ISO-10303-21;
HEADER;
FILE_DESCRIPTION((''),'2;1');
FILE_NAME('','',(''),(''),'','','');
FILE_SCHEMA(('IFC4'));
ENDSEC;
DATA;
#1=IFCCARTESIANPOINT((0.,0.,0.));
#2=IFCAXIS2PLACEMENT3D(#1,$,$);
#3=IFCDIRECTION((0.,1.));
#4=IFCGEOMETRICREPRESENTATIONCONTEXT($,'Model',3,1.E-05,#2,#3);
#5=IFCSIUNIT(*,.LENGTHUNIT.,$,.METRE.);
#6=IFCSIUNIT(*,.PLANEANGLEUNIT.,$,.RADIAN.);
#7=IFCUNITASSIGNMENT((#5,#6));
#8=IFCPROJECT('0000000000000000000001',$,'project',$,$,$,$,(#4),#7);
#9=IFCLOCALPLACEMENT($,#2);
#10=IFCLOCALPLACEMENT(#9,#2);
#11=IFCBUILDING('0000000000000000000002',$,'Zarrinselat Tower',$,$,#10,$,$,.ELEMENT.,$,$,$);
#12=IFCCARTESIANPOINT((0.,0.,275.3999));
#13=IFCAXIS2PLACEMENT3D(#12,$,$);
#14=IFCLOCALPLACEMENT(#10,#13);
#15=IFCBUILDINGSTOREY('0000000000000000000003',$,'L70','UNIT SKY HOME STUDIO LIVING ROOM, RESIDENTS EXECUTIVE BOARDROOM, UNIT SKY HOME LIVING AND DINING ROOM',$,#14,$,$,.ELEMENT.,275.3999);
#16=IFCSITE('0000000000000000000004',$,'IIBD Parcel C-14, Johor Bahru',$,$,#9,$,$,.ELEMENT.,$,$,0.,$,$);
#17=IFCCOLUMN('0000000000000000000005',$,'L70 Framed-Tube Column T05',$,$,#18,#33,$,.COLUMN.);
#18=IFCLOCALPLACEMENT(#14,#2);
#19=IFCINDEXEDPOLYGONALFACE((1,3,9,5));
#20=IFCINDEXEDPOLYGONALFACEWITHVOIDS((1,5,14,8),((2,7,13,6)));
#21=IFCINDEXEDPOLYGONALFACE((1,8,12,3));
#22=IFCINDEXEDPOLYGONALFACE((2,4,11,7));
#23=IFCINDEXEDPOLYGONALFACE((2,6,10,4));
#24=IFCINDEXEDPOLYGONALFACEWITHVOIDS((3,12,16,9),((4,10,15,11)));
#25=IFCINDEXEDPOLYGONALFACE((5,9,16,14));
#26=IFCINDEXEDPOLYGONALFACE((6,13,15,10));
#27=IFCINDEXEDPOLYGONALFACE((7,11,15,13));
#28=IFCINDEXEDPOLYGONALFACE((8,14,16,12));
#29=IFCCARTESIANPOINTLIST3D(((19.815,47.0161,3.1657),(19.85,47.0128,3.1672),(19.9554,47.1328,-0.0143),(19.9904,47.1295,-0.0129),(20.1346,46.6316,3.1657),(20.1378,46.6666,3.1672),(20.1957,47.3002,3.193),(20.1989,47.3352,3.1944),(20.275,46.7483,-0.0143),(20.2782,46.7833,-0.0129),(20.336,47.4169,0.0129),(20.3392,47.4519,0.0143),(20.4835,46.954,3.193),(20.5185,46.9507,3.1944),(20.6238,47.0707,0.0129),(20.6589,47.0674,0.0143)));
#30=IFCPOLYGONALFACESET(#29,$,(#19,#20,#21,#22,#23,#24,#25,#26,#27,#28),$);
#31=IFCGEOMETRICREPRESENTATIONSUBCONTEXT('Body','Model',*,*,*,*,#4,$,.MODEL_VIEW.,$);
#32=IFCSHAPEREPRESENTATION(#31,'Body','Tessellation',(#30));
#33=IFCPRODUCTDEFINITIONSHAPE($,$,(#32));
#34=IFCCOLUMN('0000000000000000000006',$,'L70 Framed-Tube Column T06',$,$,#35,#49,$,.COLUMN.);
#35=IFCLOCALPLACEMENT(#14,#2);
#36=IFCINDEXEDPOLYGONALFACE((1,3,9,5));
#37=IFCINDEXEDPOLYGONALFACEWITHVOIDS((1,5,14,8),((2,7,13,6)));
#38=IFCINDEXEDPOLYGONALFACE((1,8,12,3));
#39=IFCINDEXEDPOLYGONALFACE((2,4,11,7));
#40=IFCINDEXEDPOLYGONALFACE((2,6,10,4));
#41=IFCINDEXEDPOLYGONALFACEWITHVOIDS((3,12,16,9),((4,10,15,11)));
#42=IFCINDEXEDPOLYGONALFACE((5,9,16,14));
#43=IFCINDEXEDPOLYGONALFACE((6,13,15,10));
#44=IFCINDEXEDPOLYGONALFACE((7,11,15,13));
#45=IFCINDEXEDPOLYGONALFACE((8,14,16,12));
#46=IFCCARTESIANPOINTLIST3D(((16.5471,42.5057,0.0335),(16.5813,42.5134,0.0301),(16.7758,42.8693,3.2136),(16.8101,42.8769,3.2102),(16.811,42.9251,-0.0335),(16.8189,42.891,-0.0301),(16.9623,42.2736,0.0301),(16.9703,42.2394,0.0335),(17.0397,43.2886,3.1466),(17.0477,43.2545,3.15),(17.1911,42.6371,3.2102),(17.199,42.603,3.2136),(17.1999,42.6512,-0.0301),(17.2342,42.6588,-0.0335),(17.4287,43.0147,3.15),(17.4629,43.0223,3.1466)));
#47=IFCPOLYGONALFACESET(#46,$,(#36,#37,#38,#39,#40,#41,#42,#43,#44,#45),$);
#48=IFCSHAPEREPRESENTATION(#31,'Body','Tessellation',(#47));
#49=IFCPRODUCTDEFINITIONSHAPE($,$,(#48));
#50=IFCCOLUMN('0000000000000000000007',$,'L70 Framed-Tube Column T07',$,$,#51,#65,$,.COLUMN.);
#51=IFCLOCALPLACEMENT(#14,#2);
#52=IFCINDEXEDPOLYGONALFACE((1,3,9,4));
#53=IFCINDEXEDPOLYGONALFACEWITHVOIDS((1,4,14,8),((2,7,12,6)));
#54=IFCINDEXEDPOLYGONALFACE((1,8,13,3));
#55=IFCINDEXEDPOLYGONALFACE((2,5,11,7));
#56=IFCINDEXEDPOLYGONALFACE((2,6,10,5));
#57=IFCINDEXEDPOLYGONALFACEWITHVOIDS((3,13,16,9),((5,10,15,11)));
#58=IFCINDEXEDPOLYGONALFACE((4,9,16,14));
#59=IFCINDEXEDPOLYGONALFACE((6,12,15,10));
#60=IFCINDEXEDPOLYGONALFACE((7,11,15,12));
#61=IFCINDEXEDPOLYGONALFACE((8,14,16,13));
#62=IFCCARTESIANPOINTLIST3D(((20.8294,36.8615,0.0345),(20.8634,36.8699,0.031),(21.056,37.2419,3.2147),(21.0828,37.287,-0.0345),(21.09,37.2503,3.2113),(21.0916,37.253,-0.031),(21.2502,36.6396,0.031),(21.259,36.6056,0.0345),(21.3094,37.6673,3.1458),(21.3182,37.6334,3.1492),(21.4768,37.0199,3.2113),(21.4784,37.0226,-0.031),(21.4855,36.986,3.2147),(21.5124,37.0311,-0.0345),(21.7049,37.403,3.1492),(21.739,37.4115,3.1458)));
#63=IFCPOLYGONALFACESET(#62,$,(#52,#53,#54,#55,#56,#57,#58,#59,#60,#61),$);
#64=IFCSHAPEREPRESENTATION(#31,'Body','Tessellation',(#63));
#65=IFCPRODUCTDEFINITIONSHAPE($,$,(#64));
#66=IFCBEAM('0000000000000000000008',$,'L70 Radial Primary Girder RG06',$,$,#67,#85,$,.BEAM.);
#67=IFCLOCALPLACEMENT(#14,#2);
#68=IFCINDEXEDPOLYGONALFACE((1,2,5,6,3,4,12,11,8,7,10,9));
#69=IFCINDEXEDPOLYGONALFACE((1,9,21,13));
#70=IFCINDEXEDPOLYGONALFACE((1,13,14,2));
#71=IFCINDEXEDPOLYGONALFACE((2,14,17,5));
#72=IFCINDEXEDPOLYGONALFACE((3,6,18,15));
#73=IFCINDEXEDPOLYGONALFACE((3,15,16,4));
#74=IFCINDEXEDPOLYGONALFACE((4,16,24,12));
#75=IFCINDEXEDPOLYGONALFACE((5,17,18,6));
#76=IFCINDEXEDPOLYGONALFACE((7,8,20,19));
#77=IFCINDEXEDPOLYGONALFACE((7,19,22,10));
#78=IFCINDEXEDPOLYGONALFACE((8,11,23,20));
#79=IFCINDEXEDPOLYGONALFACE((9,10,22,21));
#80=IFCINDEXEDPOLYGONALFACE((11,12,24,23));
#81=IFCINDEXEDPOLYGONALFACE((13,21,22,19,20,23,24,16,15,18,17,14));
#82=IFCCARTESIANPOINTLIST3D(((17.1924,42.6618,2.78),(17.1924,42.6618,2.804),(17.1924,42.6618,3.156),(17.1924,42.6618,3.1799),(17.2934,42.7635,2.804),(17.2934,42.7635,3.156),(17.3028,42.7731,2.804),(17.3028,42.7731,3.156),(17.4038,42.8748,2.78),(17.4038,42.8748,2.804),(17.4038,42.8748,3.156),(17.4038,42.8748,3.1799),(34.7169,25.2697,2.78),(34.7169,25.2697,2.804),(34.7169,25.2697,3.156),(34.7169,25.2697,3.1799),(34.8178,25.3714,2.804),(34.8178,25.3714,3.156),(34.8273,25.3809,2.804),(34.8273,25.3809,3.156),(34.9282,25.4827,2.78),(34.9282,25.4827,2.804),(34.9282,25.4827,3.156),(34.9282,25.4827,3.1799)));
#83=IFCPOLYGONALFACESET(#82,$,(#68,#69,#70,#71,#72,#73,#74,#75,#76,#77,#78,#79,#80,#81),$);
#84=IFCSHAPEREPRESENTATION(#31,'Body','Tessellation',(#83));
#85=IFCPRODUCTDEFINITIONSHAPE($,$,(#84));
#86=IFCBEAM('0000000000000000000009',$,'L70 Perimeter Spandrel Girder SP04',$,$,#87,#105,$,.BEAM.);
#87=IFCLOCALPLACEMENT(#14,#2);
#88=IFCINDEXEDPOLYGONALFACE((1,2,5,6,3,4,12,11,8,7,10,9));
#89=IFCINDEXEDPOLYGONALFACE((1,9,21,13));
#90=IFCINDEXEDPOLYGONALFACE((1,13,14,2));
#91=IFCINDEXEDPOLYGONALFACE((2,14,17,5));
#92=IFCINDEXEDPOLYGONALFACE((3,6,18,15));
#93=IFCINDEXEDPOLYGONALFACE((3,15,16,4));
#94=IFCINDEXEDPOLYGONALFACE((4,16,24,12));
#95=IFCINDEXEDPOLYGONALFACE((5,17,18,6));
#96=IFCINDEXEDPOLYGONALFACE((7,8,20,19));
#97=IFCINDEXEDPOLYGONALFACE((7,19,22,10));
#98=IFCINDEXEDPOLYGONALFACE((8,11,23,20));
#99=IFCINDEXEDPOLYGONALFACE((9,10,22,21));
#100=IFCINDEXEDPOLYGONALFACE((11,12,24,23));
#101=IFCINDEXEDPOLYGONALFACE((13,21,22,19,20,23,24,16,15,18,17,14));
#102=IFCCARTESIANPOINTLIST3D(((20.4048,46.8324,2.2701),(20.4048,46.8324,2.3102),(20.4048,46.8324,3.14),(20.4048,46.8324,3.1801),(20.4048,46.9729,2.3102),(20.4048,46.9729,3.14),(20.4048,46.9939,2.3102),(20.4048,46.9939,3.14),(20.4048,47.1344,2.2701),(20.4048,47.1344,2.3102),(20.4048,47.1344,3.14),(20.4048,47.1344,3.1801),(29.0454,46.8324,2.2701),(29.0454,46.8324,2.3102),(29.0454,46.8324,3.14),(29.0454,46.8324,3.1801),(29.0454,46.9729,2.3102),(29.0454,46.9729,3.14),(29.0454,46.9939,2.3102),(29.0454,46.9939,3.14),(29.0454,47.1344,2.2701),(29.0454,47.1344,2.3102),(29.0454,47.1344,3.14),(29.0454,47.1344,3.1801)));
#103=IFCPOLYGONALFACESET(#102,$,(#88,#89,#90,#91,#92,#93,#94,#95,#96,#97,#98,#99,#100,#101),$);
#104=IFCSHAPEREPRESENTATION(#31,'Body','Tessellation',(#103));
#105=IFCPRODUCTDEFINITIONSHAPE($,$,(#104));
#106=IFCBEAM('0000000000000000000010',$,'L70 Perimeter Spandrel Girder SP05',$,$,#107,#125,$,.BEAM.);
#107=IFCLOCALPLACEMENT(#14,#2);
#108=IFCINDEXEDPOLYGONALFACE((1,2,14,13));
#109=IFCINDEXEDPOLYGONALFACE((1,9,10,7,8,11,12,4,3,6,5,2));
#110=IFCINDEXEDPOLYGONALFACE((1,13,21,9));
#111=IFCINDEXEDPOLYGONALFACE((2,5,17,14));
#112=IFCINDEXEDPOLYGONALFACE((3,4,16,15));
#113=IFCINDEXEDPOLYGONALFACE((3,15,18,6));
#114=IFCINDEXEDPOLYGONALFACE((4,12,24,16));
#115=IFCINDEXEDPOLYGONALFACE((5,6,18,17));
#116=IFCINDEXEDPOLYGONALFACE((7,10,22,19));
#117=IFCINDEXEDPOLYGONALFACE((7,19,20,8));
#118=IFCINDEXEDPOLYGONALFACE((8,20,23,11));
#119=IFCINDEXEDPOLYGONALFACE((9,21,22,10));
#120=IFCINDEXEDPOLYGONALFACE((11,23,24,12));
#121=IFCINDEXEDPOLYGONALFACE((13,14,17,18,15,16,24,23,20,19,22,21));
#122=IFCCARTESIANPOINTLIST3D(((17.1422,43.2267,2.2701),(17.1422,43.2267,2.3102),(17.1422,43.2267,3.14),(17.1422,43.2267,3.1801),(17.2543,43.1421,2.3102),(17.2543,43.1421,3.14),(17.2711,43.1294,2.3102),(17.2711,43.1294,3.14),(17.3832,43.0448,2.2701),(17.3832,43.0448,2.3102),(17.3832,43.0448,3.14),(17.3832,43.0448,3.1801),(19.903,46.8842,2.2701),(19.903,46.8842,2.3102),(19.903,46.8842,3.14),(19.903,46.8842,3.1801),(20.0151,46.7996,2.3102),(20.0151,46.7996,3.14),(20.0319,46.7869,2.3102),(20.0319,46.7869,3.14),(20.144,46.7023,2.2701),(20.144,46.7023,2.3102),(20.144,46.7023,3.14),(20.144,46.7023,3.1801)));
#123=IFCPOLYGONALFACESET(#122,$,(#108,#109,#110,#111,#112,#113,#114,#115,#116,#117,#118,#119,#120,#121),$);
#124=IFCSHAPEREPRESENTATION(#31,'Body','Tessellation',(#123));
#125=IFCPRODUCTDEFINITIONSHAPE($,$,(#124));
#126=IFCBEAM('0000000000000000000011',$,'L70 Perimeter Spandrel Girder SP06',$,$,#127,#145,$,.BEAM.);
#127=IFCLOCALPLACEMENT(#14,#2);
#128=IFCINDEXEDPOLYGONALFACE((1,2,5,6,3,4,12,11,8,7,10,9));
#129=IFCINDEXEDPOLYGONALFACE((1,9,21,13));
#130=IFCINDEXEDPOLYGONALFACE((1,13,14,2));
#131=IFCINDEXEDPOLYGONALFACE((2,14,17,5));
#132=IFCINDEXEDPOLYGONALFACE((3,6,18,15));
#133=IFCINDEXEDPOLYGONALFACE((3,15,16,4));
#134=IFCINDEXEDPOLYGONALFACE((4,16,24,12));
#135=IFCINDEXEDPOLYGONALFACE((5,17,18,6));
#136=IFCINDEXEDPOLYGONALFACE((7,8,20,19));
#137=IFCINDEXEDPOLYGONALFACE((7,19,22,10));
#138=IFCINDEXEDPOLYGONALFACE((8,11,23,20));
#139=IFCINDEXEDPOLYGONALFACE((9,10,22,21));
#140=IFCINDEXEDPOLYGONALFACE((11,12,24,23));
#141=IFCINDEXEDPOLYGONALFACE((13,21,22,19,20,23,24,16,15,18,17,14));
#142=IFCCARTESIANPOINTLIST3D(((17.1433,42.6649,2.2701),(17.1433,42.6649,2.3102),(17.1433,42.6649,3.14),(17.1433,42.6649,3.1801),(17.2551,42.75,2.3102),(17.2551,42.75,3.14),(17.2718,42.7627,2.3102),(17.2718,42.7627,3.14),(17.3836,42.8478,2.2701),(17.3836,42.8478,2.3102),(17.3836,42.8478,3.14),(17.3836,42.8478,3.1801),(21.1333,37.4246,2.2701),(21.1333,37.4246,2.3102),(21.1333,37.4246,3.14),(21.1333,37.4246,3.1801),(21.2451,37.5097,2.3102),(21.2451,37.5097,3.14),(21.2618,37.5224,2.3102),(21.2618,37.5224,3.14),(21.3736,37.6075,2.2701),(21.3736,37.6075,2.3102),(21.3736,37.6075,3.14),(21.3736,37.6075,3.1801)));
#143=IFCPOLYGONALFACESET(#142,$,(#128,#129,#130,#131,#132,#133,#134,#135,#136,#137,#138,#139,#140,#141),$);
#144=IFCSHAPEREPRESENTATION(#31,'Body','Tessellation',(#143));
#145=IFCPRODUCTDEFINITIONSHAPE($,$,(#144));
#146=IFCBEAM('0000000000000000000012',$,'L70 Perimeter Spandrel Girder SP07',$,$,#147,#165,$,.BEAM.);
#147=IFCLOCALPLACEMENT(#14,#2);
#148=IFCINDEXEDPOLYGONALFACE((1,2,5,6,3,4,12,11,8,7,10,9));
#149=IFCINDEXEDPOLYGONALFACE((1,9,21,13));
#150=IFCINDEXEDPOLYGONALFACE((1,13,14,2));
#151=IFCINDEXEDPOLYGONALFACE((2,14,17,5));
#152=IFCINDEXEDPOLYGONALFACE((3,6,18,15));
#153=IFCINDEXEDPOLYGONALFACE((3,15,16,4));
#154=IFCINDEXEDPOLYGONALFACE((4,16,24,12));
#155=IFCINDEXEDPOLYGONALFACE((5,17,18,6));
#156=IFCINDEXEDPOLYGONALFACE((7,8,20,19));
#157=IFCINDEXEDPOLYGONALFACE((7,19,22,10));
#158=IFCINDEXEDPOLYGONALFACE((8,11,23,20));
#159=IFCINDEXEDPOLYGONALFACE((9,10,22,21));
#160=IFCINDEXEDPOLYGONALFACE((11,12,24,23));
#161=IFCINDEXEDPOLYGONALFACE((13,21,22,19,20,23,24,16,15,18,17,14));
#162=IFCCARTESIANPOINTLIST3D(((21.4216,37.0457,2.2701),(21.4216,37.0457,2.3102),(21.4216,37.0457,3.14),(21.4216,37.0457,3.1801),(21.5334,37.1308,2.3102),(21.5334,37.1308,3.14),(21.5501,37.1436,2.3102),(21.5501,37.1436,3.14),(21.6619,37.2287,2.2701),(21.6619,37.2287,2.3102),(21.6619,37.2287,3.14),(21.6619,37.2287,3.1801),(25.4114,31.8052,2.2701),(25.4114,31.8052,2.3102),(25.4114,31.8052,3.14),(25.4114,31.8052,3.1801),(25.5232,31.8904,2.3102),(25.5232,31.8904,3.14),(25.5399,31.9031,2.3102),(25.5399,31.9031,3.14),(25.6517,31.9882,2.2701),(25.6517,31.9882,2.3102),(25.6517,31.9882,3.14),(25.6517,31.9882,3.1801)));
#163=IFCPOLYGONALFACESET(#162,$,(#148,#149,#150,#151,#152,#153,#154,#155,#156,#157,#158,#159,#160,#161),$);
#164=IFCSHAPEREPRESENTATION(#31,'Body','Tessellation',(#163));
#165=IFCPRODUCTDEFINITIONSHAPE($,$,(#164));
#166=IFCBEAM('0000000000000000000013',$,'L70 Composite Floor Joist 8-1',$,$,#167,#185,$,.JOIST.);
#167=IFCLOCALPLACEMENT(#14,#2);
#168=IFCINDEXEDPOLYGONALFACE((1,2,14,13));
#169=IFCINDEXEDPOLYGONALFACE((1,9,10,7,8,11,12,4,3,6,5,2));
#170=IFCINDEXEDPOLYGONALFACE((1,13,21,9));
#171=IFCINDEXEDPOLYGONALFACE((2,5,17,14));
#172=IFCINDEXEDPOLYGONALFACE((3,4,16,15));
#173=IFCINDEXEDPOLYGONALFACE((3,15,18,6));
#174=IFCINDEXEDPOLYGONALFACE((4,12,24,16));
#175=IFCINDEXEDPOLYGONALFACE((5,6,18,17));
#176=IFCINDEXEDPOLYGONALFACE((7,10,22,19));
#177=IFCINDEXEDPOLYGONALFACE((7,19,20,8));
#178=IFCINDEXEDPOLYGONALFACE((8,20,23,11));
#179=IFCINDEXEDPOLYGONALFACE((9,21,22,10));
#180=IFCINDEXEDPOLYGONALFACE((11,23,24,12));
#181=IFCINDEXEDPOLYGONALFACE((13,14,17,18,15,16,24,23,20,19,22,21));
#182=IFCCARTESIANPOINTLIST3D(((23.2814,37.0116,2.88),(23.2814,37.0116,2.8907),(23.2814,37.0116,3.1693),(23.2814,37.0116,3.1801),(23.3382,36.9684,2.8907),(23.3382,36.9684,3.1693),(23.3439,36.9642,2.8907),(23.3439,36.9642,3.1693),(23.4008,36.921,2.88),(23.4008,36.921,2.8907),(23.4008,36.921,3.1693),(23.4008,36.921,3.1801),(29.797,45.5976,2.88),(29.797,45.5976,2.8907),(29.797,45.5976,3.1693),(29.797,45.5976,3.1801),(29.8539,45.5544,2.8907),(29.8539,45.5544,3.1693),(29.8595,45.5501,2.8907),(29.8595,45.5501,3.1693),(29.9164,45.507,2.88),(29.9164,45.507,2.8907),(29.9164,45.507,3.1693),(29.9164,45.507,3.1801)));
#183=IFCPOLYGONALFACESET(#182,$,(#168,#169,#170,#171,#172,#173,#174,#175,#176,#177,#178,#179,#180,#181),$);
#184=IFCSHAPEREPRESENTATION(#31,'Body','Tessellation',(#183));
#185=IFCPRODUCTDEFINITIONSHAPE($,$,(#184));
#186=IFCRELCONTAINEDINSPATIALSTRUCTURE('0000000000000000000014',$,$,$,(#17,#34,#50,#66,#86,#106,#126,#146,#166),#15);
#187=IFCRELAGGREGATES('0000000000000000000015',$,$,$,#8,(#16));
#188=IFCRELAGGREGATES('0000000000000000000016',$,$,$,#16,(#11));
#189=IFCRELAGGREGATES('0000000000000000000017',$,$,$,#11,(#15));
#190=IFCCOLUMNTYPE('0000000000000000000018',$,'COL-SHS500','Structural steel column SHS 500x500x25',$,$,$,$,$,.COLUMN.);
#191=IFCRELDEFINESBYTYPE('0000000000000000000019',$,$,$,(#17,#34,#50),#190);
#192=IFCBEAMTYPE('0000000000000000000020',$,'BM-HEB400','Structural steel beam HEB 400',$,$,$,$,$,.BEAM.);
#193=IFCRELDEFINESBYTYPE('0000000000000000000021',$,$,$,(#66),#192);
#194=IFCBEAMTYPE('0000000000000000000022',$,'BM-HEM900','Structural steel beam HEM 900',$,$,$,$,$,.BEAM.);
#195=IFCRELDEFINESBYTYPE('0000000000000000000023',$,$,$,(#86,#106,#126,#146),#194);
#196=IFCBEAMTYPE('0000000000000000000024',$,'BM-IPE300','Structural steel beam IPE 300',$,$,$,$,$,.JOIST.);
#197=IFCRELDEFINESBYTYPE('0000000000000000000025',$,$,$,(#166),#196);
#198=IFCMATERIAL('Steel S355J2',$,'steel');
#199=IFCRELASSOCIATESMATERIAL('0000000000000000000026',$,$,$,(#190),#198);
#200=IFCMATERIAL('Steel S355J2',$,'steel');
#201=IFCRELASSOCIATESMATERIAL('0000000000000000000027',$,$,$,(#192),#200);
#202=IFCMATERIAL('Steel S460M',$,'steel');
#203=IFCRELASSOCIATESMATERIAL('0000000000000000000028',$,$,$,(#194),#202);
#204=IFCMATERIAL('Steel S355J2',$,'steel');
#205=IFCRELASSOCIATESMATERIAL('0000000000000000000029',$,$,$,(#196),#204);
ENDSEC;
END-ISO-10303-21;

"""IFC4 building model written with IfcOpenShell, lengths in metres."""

from ifc_helpers import new_model, si_unit, direction, frame, origin, origin_2d, place, context, subcontext, project, spatial, hollow_rectangle, i_section, extrude, material, material_profile, profile_set, type_object, element, save


model = new_model("IFC4")

# Units and contexts
model_context = context("Model", 3, precision=1e-05, world=origin(), true_north=direction((0.0, 1.0)))
body_context = subcontext(model_context, "Body", "Model", "MODEL_VIEW")
ifc_project = project(units=[si_unit("LENGTHUNIT", "METRE"), si_unit("PLANEANGLEUNIT", "RADIAN")], contexts=[model_context])

# Site, building, storey
site_placement = place(None, origin())
site = spatial("IfcSite", under=ifc_project, at=site_placement, Name="IIBD Parcel C-14, Johor Bahru", CompositionType="ELEMENT", RefElevation=0.0)
building_placement = place(site_placement, origin())
building = spatial("IfcBuilding", under=site, at=building_placement, Name="Zarrinselat Tower", CompositionType="ELEMENT")
storey_placement = place(building_placement, frame((0.0, 0.0, 275.3999)))
storey = spatial("IfcBuildingStorey", under=building, at=storey_placement, Name="L70", Description="UNIT SKY HOME STUDIO LIVING ROOM, RESIDENTS EXECUTIVE BOARDROOM, UNIT SKY HOME LIVING AND DINING ROOM", CompositionType="ELEMENT", Elevation=275.3999)

# Columns
ifc_material_1 = material(Name="Steel S355J2", Category="steel")
ifc_material_profile_1 = material_profile(ifc_material_1, hollow_rectangle(XDim=0.5, YDim=0.5, WallThickness=0.0249, at=origin_2d()), Name="SHS 500x500x25")
ifc_profile_set_1 = profile_set([ifc_material_profile_1], Name="Steel S355J2")
column_type = type_object("IfcColumnType", Name="COL-SHS500", Description="Structural steel column SHS 500x500x25", PredefinedType="COLUMN", material=ifc_profile_set_1)
column_1_placement = place(storey_placement, frame((20.3071, 47.1001, 0.0), z_axis=(-0.04407, -0.036636, 0.998356), x_axis=(0.639263, -0.768988, 0.0)))
element("IfcColumn", 1, at=column_1_placement, inside=storey, type_object=column_type, Name="L70 Framed-Tube Column T05", PredefinedType="COLUMN", context=body_context, shape_type="SweptSolid", body=[
    extrude(hollow_rectangle(XDim=0.5, YDim=0.5, WallThickness=0.0249, at=origin_2d()), origin(), (0.0, 0.0, 1.0), 3.1853),
])
column_2_placement = place(storey_placement, frame((16.8906, 42.5823, 0.0), z_axis=(0.071286, 0.113281, 0.991002), x_axis=(-0.846366, 0.532602, 0.0)))
element("IfcColumn", 2, at=column_2_placement, inside=storey, type_object=column_type, Name="L70 Framed-Tube Column T06", PredefinedType="COLUMN", context=body_context, shape_type="SweptSolid", body=[
    extrude(hollow_rectangle(XDim=0.5, YDim=0.5, WallThickness=0.0249, at=origin_2d()), origin(), (0.0, 0.0, 1.0), 3.209),
])
column_3_placement = place(storey_placement, frame((21.1709, 36.9463, 0.0), z_axis=(0.070562, 0.118464, 0.990448), x_axis=(-0.859143, 0.511736, 0.0)))
element("IfcColumn", 3, at=column_3_placement, inside=storey, type_object=column_type, Name="L70 Framed-Tube Column T07", PredefinedType="COLUMN", context=body_context, shape_type="SweptSolid", body=[
    extrude(hollow_rectangle(XDim=0.5, YDim=0.5, WallThickness=0.0249, at=origin_2d()), origin(), (0.0, 0.0, 1.0), 3.2109),
])

# Beams
ifc_material_2 = material(Name="Steel S355J2", Category="steel")
ifc_material_profile_2 = material_profile(ifc_material_2, i_section(OverallWidth=0.3, OverallDepth=0.3999, WebThickness=0.0134, FlangeThickness=0.0239, at=origin_2d()), Name="HEB 400")
ifc_profile_set_2 = profile_set([ifc_material_profile_2], Name="Steel S355J2")
beam_type_1 = type_object("IfcBeamType", Name="BM-HEB400", Description="Structural steel beam HEB 400", PredefinedType="BEAM", material=ifc_profile_set_2)
beam_1_placement = place(storey_placement, frame((17.2981, 42.7683, 2.98), z_axis=(0.709781, -0.704422, 0.0), x_axis=(0.704422, 0.709781, 0.0)))
element("IfcBeam", 4, at=beam_1_placement, inside=storey, type_object=beam_type_1, Name="L70 Radial Primary Girder RG06", PredefinedType="BEAM", context=body_context, shape_type="SweptSolid", body=[
    extrude(i_section(OverallWidth=0.3, OverallDepth=0.3999, WebThickness=0.0134, FlangeThickness=0.0239, at=origin_2d()), origin(), (0.0, 0.0, 1.0), 24.6899),
])
ifc_material_3 = material(Name="Steel S460M", Category="steel")
ifc_material_profile_3 = material_profile(ifc_material_3, i_section(OverallWidth=0.302, OverallDepth=0.9099, WebThickness=0.021, FlangeThickness=0.04, at=origin_2d()), Name="HEM 900")
ifc_profile_set_3 = profile_set([ifc_material_profile_3], Name="Steel S460M")
beam_type_2 = type_object("IfcBeamType", Name="BM-HEM900", Description="Structural steel beam HEM 900", PredefinedType="BEAM", material=ifc_profile_set_3)
beam_2_placement = place(storey_placement, frame((20.4048, 46.9834, 2.7251), z_axis=(1.0, 0.0, 0.0), x_axis=(0.0, 1.0, 0.0)))
element("IfcBeam", 5, at=beam_2_placement, inside=storey, type_object=beam_type_2, Name="L70 Perimeter Spandrel Girder SP04", PredefinedType="BEAM", context=body_context, shape_type="SweptSolid", body=[
    extrude(i_section(OverallWidth=0.302, OverallDepth=0.9099, WebThickness=0.021, FlangeThickness=0.04, at=origin_2d()), origin(), (0.0, 0.0, 1.0), 8.6406),
])
beam_3_placement = place(storey_placement, frame((17.2627, 43.1357, 2.7251), z_axis=(0.602461, 0.798149, 0.0), x_axis=(-0.798149, 0.602461, 0.0)))
element("IfcBeam", 6, at=beam_3_placement, inside=storey, type_object=beam_type_2, Name="L70 Perimeter Spandrel Girder SP05", PredefinedType="BEAM", context=body_context, shape_type="SweptSolid", body=[
    extrude(i_section(OverallWidth=0.302, OverallDepth=0.9099, WebThickness=0.021, FlangeThickness=0.04, at=origin_2d()), origin(), (0.0, 0.0, 1.0), 4.5825),
])
for number, where, z_axis, x_axis, name in (
    (7, (17.2634, 42.7563, 2.7251), (0.605796, -0.79562, 0.0), (0.79562, 0.605796, 0.0), "L70 Perimeter Spandrel Girder SP06"),
    (8, (21.5417, 37.1372, 2.7251), (0.605755, -0.795651, 0.0), (0.795651, 0.605755, 0.0), "L70 Perimeter Spandrel Girder SP07"),
):
    element("IfcBeam", number, at=place(storey_placement, frame(where, z_axis=z_axis, x_axis=x_axis)), inside=storey, type_object=beam_type_2, Name=name, PredefinedType="BEAM", context=body_context, shape_type="SweptSolid", body=[
        extrude(i_section(OverallWidth=0.302, OverallDepth=0.9099, WebThickness=0.021, FlangeThickness=0.04, at=origin_2d()), origin(), (0.0, 0.0, 1.0), 6.5864),
    ])
ifc_material_4 = material(Name="Steel S355J2", Category="steel")
ifc_material_profile_4 = material_profile(ifc_material_4, i_section(OverallWidth=0.1499, OverallDepth=0.3, WebThickness=0.0071, FlangeThickness=0.0107, at=origin_2d()), Name="IPE 300")
ifc_profile_set_4 = profile_set([ifc_material_profile_4], Name="Steel S355J2")
beam_type_3 = type_object("IfcBeamType", Name="BM-IPE300", Description="Structural steel beam IPE 300", PredefinedType="JOIST", material=ifc_profile_set_4)
beam_4_placement = place(storey_placement, frame((23.3411, 36.9663, 3.03), z_axis=(0.604513, 0.796595, 0.0), x_axis=(-0.796595, 0.604513, 0.0)))
element("IfcBeam", 9, at=beam_4_placement, inside=storey, type_object=beam_type_3, Name="L70 Composite Floor Joist 8-1", PredefinedType="JOIST", context=body_context, shape_type="SweptSolid", body=[
    extrude(i_section(OverallWidth=0.1499, OverallDepth=0.3, WebThickness=0.0071, FlangeThickness=0.0107, at=origin_2d()), origin(), (0.0, 0.0, 1.0), 10.7783),
])

save(model, "model.ifc")
